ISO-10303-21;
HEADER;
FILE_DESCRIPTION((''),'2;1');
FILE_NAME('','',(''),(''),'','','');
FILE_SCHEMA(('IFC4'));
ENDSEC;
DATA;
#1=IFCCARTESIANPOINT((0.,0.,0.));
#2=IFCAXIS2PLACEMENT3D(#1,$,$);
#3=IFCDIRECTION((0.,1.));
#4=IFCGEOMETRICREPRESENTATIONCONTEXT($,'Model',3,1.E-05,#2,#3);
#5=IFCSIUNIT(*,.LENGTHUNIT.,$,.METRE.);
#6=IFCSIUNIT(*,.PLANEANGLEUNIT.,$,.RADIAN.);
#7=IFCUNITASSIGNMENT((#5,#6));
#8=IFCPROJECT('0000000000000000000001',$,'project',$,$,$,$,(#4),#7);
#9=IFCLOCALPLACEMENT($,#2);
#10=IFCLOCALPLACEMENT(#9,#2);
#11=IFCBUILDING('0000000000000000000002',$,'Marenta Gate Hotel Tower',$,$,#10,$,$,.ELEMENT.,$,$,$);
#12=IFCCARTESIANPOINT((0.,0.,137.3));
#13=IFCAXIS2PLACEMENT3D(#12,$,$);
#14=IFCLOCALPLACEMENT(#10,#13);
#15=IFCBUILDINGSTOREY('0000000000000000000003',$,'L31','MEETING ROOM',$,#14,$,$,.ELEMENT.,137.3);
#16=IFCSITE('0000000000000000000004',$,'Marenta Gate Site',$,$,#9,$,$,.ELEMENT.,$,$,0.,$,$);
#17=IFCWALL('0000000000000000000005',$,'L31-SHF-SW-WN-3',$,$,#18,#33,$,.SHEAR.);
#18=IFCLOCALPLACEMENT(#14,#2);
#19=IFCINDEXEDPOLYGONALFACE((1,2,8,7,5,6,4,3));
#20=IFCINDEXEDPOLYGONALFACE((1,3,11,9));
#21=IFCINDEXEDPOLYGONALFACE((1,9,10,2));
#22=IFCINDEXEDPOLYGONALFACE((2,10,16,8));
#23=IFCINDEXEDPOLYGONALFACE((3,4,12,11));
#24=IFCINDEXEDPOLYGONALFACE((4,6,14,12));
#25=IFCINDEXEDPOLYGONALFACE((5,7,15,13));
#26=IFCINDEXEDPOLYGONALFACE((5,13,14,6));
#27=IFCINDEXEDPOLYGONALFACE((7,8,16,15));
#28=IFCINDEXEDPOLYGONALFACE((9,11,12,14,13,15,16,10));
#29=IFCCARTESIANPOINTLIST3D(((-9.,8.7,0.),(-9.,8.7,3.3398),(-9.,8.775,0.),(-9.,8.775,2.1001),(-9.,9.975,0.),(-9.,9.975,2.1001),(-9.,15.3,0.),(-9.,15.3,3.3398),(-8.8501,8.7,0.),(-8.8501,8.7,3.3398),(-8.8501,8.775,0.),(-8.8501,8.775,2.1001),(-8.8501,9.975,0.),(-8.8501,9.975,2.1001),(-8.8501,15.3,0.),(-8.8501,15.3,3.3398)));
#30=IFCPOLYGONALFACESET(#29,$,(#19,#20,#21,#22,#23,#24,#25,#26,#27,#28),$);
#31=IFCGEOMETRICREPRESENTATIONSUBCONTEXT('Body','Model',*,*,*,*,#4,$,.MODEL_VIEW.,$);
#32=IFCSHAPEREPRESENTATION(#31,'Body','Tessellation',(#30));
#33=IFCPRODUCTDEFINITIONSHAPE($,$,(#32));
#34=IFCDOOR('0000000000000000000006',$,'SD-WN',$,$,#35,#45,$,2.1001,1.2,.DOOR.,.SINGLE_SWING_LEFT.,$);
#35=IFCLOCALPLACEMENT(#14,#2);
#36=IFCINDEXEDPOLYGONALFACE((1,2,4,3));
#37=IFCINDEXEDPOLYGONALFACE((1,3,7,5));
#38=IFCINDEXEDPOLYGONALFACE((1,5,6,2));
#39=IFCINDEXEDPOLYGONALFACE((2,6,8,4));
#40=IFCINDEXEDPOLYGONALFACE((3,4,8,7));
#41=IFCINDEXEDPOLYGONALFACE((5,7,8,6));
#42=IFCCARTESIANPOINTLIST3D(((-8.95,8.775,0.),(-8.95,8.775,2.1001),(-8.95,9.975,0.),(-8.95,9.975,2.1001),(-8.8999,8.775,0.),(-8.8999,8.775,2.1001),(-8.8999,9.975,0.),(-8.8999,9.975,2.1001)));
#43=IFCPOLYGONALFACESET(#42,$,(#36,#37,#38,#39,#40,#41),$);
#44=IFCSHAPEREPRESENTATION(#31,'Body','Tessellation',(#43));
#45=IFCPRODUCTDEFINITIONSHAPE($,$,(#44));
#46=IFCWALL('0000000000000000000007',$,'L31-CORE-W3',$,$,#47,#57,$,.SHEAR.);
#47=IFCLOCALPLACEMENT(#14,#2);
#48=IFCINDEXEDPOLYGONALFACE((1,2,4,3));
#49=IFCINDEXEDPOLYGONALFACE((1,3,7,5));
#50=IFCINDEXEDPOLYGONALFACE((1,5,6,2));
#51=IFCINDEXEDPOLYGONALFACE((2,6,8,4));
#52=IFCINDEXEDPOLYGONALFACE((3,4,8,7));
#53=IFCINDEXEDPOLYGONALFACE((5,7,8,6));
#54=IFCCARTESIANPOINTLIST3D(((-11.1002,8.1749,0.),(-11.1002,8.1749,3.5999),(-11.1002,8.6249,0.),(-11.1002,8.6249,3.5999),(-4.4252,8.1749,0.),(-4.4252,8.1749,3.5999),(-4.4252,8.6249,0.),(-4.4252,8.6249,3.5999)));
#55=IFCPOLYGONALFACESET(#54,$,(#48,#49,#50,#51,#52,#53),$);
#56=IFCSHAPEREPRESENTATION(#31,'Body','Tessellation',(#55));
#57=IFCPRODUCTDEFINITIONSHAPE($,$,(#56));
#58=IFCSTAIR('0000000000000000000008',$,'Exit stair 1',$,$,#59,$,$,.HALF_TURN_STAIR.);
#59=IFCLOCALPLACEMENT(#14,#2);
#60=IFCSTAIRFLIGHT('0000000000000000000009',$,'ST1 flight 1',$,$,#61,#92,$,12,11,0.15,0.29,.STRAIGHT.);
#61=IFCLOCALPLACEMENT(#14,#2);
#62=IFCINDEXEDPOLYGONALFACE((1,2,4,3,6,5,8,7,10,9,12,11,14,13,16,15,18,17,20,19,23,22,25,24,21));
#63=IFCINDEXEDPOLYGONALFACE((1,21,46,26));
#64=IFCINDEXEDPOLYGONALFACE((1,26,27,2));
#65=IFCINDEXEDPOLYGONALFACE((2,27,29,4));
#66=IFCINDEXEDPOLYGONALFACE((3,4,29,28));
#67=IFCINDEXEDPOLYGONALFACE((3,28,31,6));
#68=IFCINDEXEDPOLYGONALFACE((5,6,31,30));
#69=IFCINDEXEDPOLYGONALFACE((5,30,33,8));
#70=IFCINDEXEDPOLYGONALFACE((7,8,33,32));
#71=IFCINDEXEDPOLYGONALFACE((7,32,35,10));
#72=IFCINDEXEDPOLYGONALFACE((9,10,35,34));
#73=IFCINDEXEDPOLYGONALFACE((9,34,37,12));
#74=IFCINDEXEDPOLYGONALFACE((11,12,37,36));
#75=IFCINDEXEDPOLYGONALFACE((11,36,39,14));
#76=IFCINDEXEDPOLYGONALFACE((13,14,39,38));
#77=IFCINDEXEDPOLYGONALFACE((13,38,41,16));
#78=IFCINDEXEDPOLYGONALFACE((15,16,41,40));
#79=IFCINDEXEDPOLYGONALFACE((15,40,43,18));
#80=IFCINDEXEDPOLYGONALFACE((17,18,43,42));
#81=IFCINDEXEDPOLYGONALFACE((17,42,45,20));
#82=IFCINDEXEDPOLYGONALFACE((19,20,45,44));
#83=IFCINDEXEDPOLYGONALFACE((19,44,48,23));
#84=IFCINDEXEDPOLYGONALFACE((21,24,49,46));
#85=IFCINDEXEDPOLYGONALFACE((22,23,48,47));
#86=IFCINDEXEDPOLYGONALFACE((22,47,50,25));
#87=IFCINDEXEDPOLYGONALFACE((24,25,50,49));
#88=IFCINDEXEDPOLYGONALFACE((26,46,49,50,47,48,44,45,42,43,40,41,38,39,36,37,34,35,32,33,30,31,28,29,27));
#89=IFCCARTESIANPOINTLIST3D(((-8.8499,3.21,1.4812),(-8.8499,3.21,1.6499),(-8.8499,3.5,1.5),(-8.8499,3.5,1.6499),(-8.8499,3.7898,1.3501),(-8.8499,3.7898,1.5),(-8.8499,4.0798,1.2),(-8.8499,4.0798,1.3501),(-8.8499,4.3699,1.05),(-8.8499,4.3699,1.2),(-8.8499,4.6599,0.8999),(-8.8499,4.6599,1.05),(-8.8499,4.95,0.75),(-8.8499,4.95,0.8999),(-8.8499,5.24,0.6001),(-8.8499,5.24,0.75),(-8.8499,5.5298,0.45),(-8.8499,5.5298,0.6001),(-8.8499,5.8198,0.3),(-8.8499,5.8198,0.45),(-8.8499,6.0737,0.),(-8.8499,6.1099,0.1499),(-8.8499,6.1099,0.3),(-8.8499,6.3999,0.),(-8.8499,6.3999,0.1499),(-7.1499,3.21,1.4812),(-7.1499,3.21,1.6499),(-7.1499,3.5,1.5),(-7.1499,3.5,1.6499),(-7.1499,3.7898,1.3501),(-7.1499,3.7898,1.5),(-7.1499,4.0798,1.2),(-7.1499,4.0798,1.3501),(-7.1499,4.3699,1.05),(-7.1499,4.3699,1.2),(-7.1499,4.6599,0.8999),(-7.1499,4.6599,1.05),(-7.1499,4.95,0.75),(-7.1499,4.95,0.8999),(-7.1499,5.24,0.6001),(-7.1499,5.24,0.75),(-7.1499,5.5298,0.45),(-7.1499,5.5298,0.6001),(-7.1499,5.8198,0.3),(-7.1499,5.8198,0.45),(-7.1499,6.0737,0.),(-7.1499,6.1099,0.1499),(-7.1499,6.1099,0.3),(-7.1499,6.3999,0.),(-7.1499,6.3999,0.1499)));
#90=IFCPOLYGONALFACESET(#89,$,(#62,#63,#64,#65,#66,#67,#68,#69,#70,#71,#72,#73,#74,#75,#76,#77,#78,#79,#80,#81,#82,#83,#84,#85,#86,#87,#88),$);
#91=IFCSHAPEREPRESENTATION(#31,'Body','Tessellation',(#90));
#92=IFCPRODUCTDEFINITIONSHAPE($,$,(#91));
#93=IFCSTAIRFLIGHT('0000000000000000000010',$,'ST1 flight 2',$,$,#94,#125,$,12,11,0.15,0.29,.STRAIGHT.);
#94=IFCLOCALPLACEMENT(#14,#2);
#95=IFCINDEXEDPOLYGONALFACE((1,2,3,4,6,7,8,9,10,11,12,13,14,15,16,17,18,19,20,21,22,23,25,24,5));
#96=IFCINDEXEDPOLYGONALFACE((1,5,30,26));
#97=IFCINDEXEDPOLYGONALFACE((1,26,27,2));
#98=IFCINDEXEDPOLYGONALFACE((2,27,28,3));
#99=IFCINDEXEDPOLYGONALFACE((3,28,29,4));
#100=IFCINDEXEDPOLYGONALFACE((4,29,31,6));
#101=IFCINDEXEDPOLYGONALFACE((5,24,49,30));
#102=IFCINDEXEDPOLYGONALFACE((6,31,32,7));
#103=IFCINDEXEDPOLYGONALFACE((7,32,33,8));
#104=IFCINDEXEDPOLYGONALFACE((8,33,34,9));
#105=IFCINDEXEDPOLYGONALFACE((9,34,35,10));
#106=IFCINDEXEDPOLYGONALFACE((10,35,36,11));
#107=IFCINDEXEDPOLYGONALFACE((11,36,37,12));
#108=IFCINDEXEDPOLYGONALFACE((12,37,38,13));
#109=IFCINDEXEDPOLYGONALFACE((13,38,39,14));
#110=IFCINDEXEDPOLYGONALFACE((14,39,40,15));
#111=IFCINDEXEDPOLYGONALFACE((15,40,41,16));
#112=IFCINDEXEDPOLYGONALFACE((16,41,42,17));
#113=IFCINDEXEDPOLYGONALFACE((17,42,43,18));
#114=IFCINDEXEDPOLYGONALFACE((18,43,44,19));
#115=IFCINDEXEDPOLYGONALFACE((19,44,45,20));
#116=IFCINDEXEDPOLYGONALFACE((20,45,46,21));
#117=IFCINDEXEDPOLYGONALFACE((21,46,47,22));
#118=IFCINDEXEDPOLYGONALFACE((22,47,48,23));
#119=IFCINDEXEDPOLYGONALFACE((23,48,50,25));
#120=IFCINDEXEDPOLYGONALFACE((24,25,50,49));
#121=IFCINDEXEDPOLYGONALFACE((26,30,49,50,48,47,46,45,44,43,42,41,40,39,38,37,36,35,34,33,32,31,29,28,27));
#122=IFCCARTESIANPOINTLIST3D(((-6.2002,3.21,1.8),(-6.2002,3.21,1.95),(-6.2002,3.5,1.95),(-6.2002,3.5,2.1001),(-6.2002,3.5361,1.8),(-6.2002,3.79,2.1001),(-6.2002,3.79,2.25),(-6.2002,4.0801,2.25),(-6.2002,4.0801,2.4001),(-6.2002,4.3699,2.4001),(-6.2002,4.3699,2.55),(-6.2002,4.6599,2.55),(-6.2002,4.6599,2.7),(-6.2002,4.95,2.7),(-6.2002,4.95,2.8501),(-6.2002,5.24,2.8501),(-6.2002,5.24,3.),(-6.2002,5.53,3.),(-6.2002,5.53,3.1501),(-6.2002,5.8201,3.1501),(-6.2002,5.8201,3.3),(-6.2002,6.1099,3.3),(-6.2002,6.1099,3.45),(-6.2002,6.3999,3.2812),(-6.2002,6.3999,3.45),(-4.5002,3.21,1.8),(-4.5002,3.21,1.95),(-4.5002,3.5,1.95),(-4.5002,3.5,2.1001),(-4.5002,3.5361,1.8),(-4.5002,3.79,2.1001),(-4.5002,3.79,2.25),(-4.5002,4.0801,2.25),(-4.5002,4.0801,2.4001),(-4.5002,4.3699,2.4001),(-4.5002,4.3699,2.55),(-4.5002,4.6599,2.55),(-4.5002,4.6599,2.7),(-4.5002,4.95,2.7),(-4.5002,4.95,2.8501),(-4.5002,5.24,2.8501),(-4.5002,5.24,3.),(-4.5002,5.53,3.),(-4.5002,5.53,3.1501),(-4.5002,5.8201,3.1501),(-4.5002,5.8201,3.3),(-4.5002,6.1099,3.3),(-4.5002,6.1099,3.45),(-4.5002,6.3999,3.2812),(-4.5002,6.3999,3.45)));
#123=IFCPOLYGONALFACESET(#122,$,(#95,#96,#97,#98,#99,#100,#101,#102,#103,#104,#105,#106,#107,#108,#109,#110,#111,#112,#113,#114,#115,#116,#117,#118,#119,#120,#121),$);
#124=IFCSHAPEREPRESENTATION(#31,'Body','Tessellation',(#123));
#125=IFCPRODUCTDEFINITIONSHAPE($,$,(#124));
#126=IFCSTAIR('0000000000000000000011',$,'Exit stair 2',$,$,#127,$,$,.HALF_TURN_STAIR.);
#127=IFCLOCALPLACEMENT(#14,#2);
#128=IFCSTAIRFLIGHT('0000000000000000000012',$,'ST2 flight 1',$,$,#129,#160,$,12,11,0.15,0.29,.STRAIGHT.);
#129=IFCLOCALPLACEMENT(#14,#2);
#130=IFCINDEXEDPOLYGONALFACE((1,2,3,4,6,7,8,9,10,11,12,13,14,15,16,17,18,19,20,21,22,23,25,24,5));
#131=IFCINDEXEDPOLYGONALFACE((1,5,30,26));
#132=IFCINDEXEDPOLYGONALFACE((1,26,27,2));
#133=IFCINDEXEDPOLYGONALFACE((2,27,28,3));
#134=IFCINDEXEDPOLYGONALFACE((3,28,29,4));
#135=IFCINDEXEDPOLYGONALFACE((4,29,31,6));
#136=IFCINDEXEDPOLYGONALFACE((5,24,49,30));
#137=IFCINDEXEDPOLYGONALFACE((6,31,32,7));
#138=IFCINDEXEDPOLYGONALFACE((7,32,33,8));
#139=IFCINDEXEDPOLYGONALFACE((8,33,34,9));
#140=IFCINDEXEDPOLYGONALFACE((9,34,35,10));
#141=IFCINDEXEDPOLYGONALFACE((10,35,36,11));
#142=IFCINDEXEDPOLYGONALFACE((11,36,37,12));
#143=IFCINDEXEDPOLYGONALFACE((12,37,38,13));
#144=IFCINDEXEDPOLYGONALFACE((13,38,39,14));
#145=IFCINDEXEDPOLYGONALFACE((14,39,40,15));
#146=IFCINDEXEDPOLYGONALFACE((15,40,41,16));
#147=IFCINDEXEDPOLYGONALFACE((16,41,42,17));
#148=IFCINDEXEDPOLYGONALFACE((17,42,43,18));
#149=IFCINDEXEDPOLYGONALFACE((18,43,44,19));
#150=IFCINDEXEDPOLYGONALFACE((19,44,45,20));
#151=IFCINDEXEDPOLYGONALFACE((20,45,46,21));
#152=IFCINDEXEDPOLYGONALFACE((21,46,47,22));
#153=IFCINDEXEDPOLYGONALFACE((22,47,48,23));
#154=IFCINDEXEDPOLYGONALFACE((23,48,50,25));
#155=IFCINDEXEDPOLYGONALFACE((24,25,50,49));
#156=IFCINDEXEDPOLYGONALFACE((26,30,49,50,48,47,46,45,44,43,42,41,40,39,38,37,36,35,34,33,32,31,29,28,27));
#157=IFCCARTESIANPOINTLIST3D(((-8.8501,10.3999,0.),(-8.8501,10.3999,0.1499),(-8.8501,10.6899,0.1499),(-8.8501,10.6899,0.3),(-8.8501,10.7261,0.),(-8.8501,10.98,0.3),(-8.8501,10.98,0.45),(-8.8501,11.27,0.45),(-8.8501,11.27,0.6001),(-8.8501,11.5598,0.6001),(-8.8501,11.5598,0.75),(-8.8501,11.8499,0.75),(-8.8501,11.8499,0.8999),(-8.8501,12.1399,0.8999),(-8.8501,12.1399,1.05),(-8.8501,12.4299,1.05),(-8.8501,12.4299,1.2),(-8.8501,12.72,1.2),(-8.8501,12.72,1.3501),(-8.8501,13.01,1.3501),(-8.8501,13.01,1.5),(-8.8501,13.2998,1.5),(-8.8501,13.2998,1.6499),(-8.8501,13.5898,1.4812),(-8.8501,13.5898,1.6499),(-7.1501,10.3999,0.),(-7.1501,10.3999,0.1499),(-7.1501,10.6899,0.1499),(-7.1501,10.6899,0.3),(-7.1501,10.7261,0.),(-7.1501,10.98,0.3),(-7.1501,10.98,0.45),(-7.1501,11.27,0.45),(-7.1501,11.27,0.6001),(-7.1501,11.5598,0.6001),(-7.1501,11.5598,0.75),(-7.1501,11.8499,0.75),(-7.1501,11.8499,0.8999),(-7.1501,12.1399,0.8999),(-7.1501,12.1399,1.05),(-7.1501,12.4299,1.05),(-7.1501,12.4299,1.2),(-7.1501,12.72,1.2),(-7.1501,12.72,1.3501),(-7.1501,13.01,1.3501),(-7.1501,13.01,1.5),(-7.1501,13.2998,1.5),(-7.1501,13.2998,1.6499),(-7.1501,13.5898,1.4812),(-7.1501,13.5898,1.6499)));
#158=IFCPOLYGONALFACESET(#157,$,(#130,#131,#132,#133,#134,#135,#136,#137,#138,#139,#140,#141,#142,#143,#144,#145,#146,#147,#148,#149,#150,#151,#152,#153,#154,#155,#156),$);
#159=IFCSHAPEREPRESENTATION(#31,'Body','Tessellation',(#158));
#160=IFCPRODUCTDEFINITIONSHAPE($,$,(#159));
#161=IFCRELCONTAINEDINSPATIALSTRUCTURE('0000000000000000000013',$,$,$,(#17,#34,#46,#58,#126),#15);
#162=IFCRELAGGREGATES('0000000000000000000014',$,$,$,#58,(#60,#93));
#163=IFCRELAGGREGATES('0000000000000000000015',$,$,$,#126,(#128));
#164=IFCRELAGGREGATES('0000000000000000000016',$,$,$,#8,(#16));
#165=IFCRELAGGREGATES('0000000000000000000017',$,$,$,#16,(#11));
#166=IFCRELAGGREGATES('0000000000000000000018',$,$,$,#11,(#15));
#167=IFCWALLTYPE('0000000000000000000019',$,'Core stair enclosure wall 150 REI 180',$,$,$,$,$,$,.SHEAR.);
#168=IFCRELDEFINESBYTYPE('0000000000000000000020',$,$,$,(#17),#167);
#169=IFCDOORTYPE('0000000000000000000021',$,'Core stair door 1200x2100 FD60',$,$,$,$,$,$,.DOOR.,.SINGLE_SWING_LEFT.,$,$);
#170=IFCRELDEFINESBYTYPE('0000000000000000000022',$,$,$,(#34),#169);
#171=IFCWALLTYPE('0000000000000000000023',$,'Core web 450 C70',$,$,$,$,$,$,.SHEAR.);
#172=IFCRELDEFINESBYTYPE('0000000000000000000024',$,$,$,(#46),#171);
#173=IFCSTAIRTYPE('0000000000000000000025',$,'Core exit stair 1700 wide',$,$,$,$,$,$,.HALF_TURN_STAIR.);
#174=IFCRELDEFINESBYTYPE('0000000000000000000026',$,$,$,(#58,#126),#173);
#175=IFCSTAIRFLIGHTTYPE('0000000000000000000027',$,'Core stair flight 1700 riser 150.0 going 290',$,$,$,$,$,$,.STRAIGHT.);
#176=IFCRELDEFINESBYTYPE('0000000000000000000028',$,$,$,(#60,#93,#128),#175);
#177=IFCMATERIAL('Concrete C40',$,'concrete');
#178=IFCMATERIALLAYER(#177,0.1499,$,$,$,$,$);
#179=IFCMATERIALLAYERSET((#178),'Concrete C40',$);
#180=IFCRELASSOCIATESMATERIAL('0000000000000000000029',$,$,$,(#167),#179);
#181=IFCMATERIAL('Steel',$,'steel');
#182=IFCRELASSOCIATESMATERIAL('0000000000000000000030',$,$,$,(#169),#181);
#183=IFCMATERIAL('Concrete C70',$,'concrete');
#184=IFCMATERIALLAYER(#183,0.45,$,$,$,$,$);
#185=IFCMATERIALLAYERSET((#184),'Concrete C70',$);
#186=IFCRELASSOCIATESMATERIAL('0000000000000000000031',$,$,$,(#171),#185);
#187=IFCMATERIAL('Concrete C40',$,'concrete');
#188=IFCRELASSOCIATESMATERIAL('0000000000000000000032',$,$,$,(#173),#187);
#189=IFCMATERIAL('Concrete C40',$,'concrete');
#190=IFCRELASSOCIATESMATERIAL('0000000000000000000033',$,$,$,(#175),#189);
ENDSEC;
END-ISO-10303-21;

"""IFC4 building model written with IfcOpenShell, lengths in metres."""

from ifc_helpers import new_model, si_unit, direction, frame, frame_2d, origin, place, context, subcontext, project, spatial, polyline, rectangle, outline, extrude, material, layer, layer_set, type_object, element, fill, aggregate, save


model = new_model("IFC4")

# Units and contexts
model_context = context("Model", 3, precision=1e-05, world=origin(), true_north=direction((0.0, 1.0)))
body_context = subcontext(model_context, "Body", "Model", "MODEL_VIEW")
ifc_project = project(units=[si_unit("LENGTHUNIT", "METRE"), si_unit("PLANEANGLEUNIT", "RADIAN")], contexts=[model_context])

# Site, building, storey
site_placement = place(None, origin())
site = spatial("IfcSite", under=ifc_project, at=site_placement, Name="Marenta Gate Site", CompositionType="ELEMENT", RefElevation=0.0)
building_placement = place(site_placement, origin())
building = spatial("IfcBuilding", under=site, at=building_placement, Name="Marenta Gate Hotel Tower", CompositionType="ELEMENT")
storey_placement = place(building_placement, frame((0.0, 0.0, 137.3)))
storey = spatial("IfcBuildingStorey", under=building, at=storey_placement, Name="L31", Description="MEETING ROOM", CompositionType="ELEMENT", Elevation=137.3)

# Wall, opening, door
ifc_material_1 = material(Name="Concrete C40", Category="concrete")
ifc_layer_1 = layer(ifc_material_1, 0.1499)
ifc_layer_set_1 = layer_set([ifc_layer_1], Name="Concrete C40")
wall_type_1 = type_object("IfcWallType", Name="Core stair enclosure wall 150 REI 180", PredefinedType="SHEAR", material=ifc_layer_set_1)
wall_1_placement = place(storey_placement, frame((-8.925, 8.7, 0.0), z_axis=(0.0, 0.0, 1.0), x_axis=(0.0, 1.0, 0.0)))
wall_1 = element("IfcWall", 1, at=wall_1_placement, inside=storey, type_object=wall_type_1, Name="L31-SHF-SW-WN-3", PredefinedType="SHEAR", context=body_context, shape_type="SweptSolid", body=[
    extrude(rectangle(XDim=6.6001, YDim=0.1499, at=frame_2d((3.3, 0.0))), origin(), (0.0, 0.0, 1.0), 3.3398),
])
opening_1_placement = place(wall_1_placement, frame((0.075, 0.0, 0.0)))
opening_1 = element("IfcOpeningElement", 2, at=opening_1_placement, cuts=wall_1, PredefinedType="OPENING", context=body_context, shape_type="SweptSolid", body=[
    extrude(rectangle(XDim=1.2, YDim=2.1001, at=frame_2d((0.6001, 1.05))), frame((0.0, 0.075, 0.0), z_axis=(0.0, -1.0, 0.0), x_axis=(1.0, 0.0, 0.0)), (0.0, 0.0, 1.0), 0.1499),
])
ifc_material_2 = material(Name="Steel", Category="steel")
door_type_1 = type_object("IfcDoorType", Name="Core stair door 1200x2100 FD60", OperationType="SINGLE_SWING_LEFT", PredefinedType="DOOR", material=ifc_material_2)
door_1_placement = place(opening_1_placement, origin())
door_1 = element("IfcDoor", 3, at=door_1_placement, inside=storey, type_object=door_type_1, Name="SD-WN", OperationType="SINGLE_SWING_LEFT", OverallHeight=2.1001, OverallWidth=1.2, PredefinedType="DOOR", context=body_context, shape_type="SweptSolid", body=[
    extrude(rectangle(XDim=1.2, YDim=2.1001, at=frame_2d((0.6001, 1.05))), frame((0.0, 0.0249, 0.0), z_axis=(0.0, -1.0, 0.0), x_axis=(1.0, 0.0, 0.0)), (0.0, 0.0, 1.0), 0.05),
])
fill(opening_1, door_1)

# Wall
ifc_material_3 = material(Name="Concrete C70", Category="concrete")
ifc_layer_2 = layer(ifc_material_3, 0.45)
ifc_layer_set_2 = layer_set([ifc_layer_2], Name="Concrete C70")
wall_type_2 = type_object("IfcWallType", Name="Core web 450 C70", PredefinedType="SHEAR", material=ifc_layer_set_2)
wall_2_placement = place(storey_placement, frame((-11.1001, 8.3999, 0.0), z_axis=(0.0, 0.0, 1.0), x_axis=(1.0, 0.0, 0.0)))
element("IfcWall", 4, at=wall_2_placement, inside=storey, type_object=wall_type_2, Name="L31-CORE-W3", PredefinedType="SHEAR", context=body_context, shape_type="SweptSolid", body=[
    extrude(rectangle(XDim=6.675, YDim=0.45, at=frame_2d((3.3374, 0.0))), origin(), (0.0, 0.0, 1.0), 3.5999),
])

# Stairs, stair flights
ifc_material_4 = material(Name="Concrete C40", Category="concrete")
stair_type = type_object("IfcStairType", Name="Core exit stair 1700 wide", PredefinedType="HALF_TURN_STAIR", material=ifc_material_4)
stair_1_placement = place(storey_placement, origin())
stair_1 = element("IfcStair", 5, at=stair_1_placement, inside=storey, type_object=stair_type, Name="Exit stair 1", PredefinedType="HALF_TURN_STAIR")
ifc_material_5 = material(Name="Concrete C40", Category="concrete")
stair_flight_type = type_object("IfcStairFlightType", Name="Core stair flight 1700 riser 150.0 going 290", PredefinedType="STRAIGHT", material=ifc_material_5)
stair_flight_1_placement = place(storey_placement, frame((-8.0, 6.3999, 0.0), z_axis=(0.0, 0.0, 1.0), x_axis=(0.0, -1.0, 0.0)))
stair_flight_1 = element("IfcStairFlight", 6, at=stair_flight_1_placement, type_object=stair_flight_type, Name="ST1 flight 1", NumberOfRisers=12, NumberOfTreads=11, PredefinedType="STRAIGHT", RiserHeight=0.15, TreadLength=0.29, context=body_context, shape_type="SweptSolid", body=[
    extrude(outline(polyline([(0.0, 0.0), (0.0, 0.1499), (0.29, 0.1499), (0.29, 0.3), (0.5801, 0.3), (0.5801, 0.45), (0.8701, 0.45), (0.8701, 0.6001), (1.1599, 0.6001), (1.1599, 0.75), (1.45, 0.75), (1.45, 0.8999), (1.74, 0.8999), (1.74, 1.05), (2.03, 1.05), (2.03, 1.2), (2.3201, 1.2), (2.3201, 1.3501), (2.6101, 1.3501), (2.6101, 1.5), (2.8999, 1.5), (2.8999, 1.6499), (3.1899, 1.6499), (3.1899, 1.8), (3.1899, 1.4812), (0.3262, 0.0), (0.0, 0.0)])), frame((0.0, 0.8501, 0.0), z_axis=(0.0, -1.0, 0.0), x_axis=(1.0, 0.0, 0.0)), (0.0, 0.0, 1.0), 1.7),
])
stair_flight_2_placement = place(storey_placement, frame((-5.3501, 3.21, 1.8), z_axis=(0.0, 0.0, 1.0), x_axis=(0.0, 1.0, 0.0)))
stair_flight_2 = element("IfcStairFlight", 7, at=stair_flight_2_placement, type_object=stair_flight_type, Name="ST1 flight 2", NumberOfRisers=12, NumberOfTreads=11, PredefinedType="STRAIGHT", RiserHeight=0.15, TreadLength=0.29, context=body_context, shape_type="SweptSolid", body=[
    extrude(outline(polyline([(0.0, 0.0), (0.0, 0.1499), (0.29, 0.1499), (0.29, 0.3), (0.5801, 0.3), (0.5801, 0.45), (0.8701, 0.45), (0.8701, 0.6001), (1.1599, 0.6001), (1.1599, 0.75), (1.45, 0.75), (1.45, 0.8999), (1.74, 0.8999), (1.74, 1.05), (2.03, 1.05), (2.03, 1.2), (2.3201, 1.2), (2.3201, 1.3501), (2.6101, 1.3501), (2.6101, 1.5), (2.8999, 1.5), (2.8999, 1.6499), (3.1899, 1.6499), (3.1899, 1.8), (3.1899, 1.4812), (0.3262, 0.0), (0.0, 0.0)])), frame((0.0, 0.8501, 0.0), z_axis=(0.0, -1.0, 0.0), x_axis=(1.0, 0.0, 0.0)), (0.0, 0.0, 1.0), 1.7),
])
aggregate(stair_1, [stair_flight_1, stair_flight_2])
stair_2_placement = place(storey_placement, origin())
stair_2 = element("IfcStair", 8, at=stair_2_placement, inside=storey, type_object=stair_type, Name="Exit stair 2", PredefinedType="HALF_TURN_STAIR")
stair_flight_3_placement = place(storey_placement, frame((-8.0, 10.3999, 0.0), z_axis=(0.0, 0.0, 1.0), x_axis=(0.0, 1.0, 0.0)))
stair_flight_3 = element("IfcStairFlight", 9, at=stair_flight_3_placement, type_object=stair_flight_type, Name="ST2 flight 1", NumberOfRisers=12, NumberOfTreads=11, PredefinedType="STRAIGHT", RiserHeight=0.15, TreadLength=0.29, context=body_context, shape_type="SweptSolid", body=[
    extrude(outline(polyline([(0.0, 0.0), (0.0, 0.1499), (0.29, 0.1499), (0.29, 0.3), (0.5801, 0.3), (0.5801, 0.45), (0.8701, 0.45), (0.8701, 0.6001), (1.1599, 0.6001), (1.1599, 0.75), (1.45, 0.75), (1.45, 0.8999), (1.74, 0.8999), (1.74, 1.05), (2.03, 1.05), (2.03, 1.2), (2.3201, 1.2), (2.3201, 1.3501), (2.6101, 1.3501), (2.6101, 1.5), (2.8999, 1.5), (2.8999, 1.6499), (3.1899, 1.6499), (3.1899, 1.8), (3.1899, 1.4812), (0.3262, 0.0), (0.0, 0.0)])), frame((0.0, 0.8501, 0.0), z_axis=(0.0, -1.0, 0.0), x_axis=(1.0, 0.0, 0.0)), (0.0, 0.0, 1.0), 1.7),
])
aggregate(stair_2, [stair_flight_3])

save(model, "model.ifc")
